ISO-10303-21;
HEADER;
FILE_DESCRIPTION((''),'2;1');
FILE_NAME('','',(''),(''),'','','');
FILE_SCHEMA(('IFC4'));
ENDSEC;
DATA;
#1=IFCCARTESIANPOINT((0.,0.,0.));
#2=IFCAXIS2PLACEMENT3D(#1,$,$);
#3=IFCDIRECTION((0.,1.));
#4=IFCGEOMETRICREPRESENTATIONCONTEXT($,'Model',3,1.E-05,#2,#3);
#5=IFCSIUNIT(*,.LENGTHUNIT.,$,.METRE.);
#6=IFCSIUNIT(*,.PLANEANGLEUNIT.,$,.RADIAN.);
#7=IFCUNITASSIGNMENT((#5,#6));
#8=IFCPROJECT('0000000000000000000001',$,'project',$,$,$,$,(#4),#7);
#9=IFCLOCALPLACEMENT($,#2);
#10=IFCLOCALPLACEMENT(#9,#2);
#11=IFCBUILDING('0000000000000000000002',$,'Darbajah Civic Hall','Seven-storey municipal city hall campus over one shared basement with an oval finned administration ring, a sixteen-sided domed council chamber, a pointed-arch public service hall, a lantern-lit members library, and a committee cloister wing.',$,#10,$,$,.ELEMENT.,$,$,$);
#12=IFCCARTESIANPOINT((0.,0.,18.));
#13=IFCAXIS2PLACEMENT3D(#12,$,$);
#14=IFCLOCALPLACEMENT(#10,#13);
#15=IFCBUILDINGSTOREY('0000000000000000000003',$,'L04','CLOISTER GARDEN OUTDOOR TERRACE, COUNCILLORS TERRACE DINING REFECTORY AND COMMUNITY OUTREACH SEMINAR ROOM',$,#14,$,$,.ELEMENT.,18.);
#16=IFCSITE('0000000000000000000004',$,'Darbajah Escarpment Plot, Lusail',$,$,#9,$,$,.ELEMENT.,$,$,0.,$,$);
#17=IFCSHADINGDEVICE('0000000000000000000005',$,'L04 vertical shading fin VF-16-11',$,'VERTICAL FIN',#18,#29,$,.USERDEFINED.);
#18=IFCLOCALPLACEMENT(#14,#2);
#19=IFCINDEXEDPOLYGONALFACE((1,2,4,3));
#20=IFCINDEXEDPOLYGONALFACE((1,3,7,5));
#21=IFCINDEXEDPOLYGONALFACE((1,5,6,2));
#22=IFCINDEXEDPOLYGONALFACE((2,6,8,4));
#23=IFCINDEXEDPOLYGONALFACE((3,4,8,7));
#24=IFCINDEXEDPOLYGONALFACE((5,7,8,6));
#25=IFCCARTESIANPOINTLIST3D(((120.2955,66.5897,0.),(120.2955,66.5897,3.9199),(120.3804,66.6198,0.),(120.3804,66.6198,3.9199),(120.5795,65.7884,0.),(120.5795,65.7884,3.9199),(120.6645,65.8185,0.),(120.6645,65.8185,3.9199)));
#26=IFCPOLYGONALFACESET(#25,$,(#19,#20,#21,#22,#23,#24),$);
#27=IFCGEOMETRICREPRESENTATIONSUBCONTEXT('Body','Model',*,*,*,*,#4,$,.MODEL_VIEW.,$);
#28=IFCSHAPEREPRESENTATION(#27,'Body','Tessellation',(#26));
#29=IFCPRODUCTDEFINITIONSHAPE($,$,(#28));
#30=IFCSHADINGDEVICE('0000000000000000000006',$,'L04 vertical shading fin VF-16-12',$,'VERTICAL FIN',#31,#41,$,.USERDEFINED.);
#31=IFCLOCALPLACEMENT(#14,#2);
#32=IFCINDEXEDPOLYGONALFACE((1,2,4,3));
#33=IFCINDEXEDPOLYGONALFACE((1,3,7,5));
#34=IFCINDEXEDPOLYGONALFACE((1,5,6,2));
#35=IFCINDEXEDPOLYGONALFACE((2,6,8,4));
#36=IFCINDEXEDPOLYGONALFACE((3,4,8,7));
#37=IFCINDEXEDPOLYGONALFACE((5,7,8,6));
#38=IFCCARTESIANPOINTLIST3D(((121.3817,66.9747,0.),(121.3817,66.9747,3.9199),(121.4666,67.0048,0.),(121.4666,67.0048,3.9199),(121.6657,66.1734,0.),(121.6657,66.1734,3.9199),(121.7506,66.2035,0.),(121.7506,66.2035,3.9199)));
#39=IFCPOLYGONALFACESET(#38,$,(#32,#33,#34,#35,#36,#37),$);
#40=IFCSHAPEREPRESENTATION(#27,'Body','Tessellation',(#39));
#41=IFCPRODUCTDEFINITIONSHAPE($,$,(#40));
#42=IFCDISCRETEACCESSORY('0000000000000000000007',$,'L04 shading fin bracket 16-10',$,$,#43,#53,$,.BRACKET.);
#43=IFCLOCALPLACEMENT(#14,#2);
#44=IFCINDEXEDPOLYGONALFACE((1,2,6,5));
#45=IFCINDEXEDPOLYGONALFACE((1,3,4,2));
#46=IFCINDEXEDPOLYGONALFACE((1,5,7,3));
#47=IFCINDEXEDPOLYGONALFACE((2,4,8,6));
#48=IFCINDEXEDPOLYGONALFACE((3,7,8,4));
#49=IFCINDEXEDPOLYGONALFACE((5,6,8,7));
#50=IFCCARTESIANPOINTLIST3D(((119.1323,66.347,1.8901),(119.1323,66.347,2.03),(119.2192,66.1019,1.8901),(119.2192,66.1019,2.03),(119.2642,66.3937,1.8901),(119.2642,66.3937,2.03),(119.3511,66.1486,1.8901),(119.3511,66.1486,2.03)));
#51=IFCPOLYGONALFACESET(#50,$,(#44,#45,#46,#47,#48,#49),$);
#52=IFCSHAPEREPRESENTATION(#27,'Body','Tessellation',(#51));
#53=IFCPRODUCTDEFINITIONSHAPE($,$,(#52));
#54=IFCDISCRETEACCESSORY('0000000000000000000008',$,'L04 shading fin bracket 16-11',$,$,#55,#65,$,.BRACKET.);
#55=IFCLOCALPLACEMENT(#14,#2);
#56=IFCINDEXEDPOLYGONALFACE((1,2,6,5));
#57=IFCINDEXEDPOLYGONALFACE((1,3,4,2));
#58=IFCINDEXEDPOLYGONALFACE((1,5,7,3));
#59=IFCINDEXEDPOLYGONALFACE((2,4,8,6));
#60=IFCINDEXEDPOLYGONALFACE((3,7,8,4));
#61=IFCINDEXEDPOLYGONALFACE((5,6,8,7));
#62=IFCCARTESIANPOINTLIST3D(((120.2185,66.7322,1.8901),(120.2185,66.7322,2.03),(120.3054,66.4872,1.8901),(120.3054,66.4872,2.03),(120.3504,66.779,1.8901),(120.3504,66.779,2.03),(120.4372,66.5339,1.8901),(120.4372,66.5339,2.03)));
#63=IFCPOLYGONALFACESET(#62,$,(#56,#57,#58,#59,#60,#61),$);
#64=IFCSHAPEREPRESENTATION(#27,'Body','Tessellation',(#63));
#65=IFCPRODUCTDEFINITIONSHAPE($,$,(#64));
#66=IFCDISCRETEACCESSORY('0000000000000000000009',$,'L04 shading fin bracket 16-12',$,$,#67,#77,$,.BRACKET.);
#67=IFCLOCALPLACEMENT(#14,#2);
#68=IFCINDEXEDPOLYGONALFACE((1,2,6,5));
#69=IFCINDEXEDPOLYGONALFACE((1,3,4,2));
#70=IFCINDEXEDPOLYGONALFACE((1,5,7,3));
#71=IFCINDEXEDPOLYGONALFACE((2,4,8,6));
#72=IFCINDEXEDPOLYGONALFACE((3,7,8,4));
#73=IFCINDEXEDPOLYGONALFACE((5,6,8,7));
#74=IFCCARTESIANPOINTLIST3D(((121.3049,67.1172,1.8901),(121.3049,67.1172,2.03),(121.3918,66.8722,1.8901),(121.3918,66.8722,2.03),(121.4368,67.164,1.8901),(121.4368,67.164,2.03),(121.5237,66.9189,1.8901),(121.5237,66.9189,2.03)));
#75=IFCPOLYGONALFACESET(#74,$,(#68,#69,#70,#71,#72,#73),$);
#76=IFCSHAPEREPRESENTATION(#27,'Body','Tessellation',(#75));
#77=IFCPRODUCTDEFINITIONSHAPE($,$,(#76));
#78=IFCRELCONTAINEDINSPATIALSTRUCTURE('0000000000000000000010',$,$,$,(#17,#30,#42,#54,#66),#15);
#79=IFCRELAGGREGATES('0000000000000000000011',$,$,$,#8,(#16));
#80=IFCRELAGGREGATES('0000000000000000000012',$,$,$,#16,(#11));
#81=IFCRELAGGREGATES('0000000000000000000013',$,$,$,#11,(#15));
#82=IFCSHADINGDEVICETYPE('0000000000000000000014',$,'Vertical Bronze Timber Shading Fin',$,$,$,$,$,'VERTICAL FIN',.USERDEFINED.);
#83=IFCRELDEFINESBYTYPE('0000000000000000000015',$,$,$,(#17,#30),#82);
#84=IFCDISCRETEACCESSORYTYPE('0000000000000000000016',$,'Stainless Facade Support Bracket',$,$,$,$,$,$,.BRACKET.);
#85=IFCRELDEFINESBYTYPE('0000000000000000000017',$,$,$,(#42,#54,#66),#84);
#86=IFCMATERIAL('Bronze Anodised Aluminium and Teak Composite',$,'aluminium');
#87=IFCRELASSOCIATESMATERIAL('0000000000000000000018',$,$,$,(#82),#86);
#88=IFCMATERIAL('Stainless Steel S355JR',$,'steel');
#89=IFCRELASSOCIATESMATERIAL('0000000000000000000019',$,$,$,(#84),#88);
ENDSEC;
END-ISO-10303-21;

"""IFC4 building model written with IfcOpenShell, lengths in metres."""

from ifc_helpers import new_model, si_unit, direction, frame, origin, origin_2d, place, context, subcontext, project, spatial, rectangle, extrude, material, type_object, element, save


model = new_model("IFC4")

# Units and contexts
model_context = context("Model", 3, precision=1e-05, world=origin(), true_north=direction((0.0, 1.0)))
body_context = subcontext(model_context, "Body", "Model", "MODEL_VIEW")
ifc_project = project(units=[si_unit("LENGTHUNIT", "METRE"), si_unit("PLANEANGLEUNIT", "RADIAN")], contexts=[model_context])

# Site, building, storey
site_placement = place(None, origin())
site = spatial("IfcSite", under=ifc_project, at=site_placement, Name="Darbajah Escarpment Plot, Lusail", CompositionType="ELEMENT", RefElevation=0.0)
building_placement = place(site_placement, origin())
building = spatial("IfcBuilding", under=site, at=building_placement, Name="Darbajah Civic Hall", Description="Seven-storey municipal city hall campus over one shared basement with an oval finned administration ring, a sixteen-sided domed council chamber, a pointed-arch public service hall, a lantern-lit members library, and a committee cloister wing.", CompositionType="ELEMENT")
storey_placement = place(building_placement, frame((0.0, 0.0, 18.0)))
storey = spatial("IfcBuildingStorey", under=building, at=storey_placement, Name="L04", Description="CLOISTER GARDEN OUTDOOR TERRACE, COUNCILLORS TERRACE DINING REFECTORY AND COMMUNITY OUTREACH SEMINAR ROOM", CompositionType="ELEMENT", Elevation=18.0)

# Shading devices
ifc_material_1 = material(Name="Bronze Anodised Aluminium and Teak Composite", Category="aluminium")
shading_device_type = type_object("IfcShadingDeviceType", Name="Vertical Bronze Timber Shading Fin", ElementType="VERTICAL FIN", PredefinedType="USERDEFINED", material=ifc_material_1)
for number, where, z_axis, x_axis, name in (
    (1, (120.48, 66.2041, 0.0), (0.0, 0.0, 1.0), (0.334136, -0.942525, 0.0), "L04 vertical shading fin VF-16-11"),
    (2, (121.5662, 66.5891, 0.0), (0.0, 0.0, 1.0), (0.334136, -0.942525, 0.0), "L04 vertical shading fin VF-16-12"),
):
    element("IfcShadingDevice", number, at=place(storey_placement, frame(where, z_axis=z_axis, x_axis=x_axis)), inside=storey, type_object=shading_device_type, Name=name, ObjectType="VERTICAL FIN", PredefinedType="USERDEFINED", context=body_context, shape_type="SweptSolid", body=[
        extrude(rectangle(XDim=0.8501, YDim=0.0901, at=origin_2d()), origin(), (0.0, 0.0, 1.0), 3.9199),
    ])

# Discrete accessories
ifc_material_2 = material(Name="Stainless Steel S355JR", Category="steel")
discrete_accessory_type = type_object("IfcDiscreteAccessoryType", Name="Stainless Facade Support Bracket", PredefinedType="BRACKET", material=ifc_material_2)
for number, where, z_axis, x_axis, name in (
    (3, (119.2417, 66.2478, 1.8901), (0.0, 0.0, 1.0), (0.334136, -0.942525, 0.0), "L04 shading fin bracket 16-10"),
    (4, (120.3279, 66.6331, 1.8901), (0.0, 0.0, 1.0), (0.334136, -0.942525, 0.0), "L04 shading fin bracket 16-11"),
    (5, (121.4143, 67.0181, 1.8901), (0.0, 0.0, 1.0), (0.334136, -0.942525, 0.0), "L04 shading fin bracket 16-12"),
):
    element("IfcDiscreteAccessory", number, at=place(storey_placement, frame(where, z_axis=z_axis, x_axis=x_axis)), inside=storey, type_object=discrete_accessory_type, Name=name, PredefinedType="BRACKET", context=body_context, shape_type="SweptSolid", body=[
        extrude(rectangle(XDim=0.26, YDim=0.1399, at=origin_2d()), origin(), (0.0, 0.0, 1.0), 0.1399),
    ])

save(model, "model.ifc")
